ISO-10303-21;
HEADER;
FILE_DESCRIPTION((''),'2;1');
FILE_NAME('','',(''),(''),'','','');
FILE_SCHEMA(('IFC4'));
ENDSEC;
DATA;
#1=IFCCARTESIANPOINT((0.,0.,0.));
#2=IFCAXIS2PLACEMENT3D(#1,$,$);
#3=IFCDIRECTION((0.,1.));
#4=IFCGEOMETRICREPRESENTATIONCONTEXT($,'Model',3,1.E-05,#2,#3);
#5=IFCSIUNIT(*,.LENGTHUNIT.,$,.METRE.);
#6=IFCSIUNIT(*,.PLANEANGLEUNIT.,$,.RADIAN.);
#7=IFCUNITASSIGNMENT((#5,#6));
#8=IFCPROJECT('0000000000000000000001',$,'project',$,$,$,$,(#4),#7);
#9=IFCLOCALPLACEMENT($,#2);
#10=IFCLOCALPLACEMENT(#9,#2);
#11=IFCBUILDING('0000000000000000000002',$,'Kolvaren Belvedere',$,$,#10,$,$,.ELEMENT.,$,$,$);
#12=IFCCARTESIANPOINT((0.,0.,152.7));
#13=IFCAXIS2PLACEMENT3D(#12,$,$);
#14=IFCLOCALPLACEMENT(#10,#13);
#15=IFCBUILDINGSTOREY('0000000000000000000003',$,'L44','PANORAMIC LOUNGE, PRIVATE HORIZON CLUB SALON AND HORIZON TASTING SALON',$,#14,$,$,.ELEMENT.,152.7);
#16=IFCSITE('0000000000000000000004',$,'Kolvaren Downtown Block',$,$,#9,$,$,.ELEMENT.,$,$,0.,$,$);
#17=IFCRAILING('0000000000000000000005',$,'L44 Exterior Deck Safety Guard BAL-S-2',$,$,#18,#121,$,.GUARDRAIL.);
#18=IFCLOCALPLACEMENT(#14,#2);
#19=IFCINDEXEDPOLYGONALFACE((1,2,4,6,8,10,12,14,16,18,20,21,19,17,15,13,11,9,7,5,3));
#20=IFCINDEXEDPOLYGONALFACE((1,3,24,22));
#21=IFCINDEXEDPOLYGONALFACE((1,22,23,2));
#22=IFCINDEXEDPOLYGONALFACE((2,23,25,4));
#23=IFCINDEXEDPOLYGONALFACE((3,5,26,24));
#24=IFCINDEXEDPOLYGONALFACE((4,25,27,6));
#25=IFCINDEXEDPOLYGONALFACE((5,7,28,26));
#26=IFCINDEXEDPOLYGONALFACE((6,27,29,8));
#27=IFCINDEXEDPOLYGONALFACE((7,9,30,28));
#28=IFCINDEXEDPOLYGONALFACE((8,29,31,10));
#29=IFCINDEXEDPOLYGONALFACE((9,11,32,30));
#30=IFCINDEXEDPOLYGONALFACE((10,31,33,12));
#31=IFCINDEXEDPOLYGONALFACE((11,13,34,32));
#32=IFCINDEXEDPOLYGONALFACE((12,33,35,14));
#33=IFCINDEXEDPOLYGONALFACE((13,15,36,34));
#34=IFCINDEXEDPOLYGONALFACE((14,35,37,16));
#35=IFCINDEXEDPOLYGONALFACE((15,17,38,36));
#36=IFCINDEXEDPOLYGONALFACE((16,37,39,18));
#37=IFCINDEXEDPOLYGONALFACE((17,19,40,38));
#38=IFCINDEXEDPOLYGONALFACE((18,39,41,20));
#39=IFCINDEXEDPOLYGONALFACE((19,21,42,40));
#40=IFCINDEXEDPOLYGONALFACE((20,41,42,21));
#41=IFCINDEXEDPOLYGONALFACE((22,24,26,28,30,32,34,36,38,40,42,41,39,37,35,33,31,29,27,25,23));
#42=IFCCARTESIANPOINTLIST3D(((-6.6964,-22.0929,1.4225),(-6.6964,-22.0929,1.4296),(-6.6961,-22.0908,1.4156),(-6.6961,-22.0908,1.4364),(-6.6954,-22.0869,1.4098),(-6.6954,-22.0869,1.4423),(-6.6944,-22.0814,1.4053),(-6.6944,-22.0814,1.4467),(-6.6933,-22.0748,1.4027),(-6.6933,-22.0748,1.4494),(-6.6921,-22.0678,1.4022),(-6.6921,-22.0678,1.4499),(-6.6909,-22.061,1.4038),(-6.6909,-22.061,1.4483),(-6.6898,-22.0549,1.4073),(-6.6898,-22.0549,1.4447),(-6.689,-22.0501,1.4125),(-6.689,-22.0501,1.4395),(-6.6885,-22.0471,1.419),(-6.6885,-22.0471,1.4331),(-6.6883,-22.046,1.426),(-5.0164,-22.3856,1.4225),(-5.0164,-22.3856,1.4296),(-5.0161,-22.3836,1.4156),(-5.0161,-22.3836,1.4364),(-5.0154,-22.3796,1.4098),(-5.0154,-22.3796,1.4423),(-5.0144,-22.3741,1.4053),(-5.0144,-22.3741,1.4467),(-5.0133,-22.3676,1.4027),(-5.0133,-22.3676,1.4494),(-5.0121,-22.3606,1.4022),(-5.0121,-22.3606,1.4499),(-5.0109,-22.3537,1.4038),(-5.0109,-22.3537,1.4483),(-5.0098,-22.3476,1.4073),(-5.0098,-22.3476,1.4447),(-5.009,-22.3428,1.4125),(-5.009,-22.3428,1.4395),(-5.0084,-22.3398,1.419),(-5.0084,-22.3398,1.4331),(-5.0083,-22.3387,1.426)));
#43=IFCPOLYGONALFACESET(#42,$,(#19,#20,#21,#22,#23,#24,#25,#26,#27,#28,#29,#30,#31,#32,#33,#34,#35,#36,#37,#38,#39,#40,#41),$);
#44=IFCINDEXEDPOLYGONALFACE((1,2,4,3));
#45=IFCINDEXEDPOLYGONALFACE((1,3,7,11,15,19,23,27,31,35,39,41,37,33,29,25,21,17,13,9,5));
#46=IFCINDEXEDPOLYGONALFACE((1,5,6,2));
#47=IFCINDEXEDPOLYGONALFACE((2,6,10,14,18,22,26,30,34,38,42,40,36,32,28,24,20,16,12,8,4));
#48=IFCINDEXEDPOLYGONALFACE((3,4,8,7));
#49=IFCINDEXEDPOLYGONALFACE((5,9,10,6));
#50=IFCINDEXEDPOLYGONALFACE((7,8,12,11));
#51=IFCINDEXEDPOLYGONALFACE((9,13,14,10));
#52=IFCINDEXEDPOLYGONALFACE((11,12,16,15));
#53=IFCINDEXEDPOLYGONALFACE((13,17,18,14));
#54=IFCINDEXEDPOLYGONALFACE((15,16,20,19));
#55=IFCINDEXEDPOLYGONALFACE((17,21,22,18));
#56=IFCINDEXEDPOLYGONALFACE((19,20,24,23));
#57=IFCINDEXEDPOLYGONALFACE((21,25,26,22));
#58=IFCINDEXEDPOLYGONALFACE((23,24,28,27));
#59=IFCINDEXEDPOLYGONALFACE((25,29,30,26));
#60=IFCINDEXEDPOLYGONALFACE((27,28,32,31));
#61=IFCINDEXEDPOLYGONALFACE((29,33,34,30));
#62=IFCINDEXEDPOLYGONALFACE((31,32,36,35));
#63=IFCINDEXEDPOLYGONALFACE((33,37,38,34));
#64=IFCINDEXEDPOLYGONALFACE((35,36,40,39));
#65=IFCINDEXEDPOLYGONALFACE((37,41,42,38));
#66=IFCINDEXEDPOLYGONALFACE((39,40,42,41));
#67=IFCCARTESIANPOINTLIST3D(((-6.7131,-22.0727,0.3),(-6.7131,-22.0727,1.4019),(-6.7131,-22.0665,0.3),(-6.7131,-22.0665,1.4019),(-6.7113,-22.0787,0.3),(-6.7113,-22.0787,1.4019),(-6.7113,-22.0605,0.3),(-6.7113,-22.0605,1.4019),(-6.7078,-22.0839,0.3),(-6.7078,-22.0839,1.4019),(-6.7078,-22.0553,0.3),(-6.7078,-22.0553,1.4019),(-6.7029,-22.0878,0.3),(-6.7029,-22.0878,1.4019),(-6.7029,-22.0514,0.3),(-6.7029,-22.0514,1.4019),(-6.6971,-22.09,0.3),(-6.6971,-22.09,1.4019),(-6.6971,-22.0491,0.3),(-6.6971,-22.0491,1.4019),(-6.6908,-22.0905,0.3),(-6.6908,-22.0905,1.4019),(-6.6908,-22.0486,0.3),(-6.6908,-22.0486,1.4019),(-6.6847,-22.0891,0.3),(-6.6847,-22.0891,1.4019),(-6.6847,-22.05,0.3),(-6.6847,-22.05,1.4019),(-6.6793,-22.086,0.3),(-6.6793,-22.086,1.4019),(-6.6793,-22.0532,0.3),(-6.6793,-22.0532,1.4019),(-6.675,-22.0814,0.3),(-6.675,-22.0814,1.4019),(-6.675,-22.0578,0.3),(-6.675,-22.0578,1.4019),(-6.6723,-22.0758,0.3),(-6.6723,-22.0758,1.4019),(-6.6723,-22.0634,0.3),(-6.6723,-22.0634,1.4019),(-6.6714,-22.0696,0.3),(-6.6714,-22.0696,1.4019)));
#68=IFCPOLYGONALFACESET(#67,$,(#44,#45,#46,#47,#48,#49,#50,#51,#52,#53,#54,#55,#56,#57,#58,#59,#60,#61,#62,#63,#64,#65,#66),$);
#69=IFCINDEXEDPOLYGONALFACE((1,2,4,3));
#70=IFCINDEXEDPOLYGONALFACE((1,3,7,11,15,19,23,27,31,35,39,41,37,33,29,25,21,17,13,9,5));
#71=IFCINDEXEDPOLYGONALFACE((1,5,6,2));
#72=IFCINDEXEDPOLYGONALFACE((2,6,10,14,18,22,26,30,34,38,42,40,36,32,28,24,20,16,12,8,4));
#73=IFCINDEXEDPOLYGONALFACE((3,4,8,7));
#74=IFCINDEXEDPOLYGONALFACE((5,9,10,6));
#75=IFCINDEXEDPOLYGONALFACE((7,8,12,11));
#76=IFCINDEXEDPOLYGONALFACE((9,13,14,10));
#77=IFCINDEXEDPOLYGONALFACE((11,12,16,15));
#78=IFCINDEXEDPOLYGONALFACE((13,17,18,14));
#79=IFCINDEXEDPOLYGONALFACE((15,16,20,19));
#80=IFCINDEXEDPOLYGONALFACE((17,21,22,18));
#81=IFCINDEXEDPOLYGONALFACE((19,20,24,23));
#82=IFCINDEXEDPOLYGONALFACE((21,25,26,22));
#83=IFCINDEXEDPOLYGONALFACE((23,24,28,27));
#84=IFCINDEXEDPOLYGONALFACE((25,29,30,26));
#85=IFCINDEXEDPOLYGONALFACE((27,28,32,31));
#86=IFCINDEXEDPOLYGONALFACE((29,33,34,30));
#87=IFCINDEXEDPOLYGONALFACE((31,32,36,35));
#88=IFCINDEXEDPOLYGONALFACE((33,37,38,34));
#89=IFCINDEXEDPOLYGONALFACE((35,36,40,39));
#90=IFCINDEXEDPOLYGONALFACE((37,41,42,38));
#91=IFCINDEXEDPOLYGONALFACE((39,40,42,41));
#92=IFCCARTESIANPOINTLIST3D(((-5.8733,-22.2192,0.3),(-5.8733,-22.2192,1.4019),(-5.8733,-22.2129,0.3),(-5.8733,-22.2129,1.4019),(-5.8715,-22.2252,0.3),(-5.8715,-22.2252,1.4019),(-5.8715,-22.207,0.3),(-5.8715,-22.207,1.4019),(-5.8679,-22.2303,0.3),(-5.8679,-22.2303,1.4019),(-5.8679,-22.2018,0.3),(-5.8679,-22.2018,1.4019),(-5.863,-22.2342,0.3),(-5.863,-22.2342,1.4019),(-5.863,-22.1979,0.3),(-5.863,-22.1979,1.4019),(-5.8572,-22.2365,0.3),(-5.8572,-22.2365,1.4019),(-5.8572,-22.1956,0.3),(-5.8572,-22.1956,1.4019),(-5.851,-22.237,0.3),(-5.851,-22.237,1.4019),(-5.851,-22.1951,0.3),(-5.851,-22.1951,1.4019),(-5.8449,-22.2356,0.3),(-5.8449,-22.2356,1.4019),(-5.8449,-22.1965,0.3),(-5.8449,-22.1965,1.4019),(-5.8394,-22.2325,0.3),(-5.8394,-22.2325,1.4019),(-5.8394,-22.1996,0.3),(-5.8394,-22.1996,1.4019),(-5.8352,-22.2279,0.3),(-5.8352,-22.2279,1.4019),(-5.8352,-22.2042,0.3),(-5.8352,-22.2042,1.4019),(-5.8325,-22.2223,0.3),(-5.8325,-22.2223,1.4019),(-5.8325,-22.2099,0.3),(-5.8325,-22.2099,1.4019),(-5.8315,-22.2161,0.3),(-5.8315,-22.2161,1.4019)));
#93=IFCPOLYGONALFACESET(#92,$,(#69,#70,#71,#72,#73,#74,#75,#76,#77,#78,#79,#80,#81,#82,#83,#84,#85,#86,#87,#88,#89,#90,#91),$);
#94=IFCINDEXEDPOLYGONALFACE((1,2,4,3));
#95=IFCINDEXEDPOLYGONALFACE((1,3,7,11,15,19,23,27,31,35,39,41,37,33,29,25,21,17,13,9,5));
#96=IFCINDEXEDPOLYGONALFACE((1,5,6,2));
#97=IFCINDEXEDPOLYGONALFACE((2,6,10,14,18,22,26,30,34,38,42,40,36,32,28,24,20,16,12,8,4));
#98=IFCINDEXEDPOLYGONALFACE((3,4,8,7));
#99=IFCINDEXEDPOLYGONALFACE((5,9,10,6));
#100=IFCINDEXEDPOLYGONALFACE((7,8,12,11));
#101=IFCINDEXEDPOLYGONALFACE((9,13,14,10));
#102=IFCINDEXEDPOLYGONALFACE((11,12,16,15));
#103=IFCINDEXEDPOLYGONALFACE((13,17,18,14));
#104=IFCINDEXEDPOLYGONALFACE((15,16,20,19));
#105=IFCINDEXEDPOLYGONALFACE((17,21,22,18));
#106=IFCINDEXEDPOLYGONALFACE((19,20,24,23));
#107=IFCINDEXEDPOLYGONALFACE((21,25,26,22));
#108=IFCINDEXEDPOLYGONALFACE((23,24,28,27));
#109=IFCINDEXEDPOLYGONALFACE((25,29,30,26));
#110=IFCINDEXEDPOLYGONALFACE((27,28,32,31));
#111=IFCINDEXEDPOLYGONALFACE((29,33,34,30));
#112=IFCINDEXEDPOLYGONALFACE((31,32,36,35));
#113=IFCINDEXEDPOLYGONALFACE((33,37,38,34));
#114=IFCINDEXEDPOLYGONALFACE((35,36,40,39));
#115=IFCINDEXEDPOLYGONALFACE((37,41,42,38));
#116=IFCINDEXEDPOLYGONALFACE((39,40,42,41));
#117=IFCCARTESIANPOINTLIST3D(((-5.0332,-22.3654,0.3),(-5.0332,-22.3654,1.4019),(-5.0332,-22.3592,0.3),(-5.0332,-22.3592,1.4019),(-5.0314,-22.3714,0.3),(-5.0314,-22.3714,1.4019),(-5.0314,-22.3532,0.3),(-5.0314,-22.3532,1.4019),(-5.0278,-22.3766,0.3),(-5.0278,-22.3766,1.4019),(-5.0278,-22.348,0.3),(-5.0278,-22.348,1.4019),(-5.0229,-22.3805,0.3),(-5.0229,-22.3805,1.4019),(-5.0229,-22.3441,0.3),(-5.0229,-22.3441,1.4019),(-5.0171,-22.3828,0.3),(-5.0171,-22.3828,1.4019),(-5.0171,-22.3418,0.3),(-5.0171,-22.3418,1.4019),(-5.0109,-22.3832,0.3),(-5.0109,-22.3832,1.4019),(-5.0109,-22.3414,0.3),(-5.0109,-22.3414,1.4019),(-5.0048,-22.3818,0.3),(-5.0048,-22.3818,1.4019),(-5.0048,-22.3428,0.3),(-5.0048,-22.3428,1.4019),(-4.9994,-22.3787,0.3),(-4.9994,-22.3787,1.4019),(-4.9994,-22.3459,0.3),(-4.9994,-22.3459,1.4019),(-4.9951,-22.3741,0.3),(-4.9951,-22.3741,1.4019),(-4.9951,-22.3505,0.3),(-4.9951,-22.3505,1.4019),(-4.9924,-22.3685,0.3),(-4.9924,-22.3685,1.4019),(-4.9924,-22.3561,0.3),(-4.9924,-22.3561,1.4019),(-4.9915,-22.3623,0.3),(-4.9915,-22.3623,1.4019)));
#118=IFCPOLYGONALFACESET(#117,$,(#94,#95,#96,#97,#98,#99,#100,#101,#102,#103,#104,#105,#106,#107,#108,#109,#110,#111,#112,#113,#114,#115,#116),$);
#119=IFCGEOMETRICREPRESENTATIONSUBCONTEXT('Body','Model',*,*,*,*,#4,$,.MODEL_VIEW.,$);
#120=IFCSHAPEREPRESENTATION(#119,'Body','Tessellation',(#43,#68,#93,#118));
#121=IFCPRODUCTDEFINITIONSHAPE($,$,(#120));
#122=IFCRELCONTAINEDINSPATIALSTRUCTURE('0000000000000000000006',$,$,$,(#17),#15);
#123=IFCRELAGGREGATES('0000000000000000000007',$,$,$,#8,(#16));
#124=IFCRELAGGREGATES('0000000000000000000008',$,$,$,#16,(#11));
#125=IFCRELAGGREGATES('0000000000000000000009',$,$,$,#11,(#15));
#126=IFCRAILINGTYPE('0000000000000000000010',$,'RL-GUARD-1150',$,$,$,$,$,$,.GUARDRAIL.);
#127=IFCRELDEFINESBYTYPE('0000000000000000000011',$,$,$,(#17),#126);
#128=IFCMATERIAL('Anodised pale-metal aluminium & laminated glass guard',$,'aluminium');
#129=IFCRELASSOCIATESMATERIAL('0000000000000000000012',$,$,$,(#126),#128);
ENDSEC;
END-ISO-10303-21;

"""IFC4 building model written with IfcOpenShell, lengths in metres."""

from ifc_helpers import new_model, si_unit, direction, frame, origin, origin_2d, place, context, subcontext, project, spatial, circle, extrude, material, type_object, element, save


model = new_model("IFC4")

# Units and contexts
model_context = context("Model", 3, precision=1e-05, world=origin(), true_north=direction((0.0, 1.0)))
body_context = subcontext(model_context, "Body", "Model", "MODEL_VIEW")
ifc_project = project(units=[si_unit("LENGTHUNIT", "METRE"), si_unit("PLANEANGLEUNIT", "RADIAN")], contexts=[model_context])

# Site, building, storey
site_placement = place(None, origin())
site = spatial("IfcSite", under=ifc_project, at=site_placement, Name="Kolvaren Downtown Block", CompositionType="ELEMENT", RefElevation=0.0)
building_placement = place(site_placement, origin())
building = spatial("IfcBuilding", under=site, at=building_placement, Name="Kolvaren Belvedere", CompositionType="ELEMENT")
storey_placement = place(building_placement, frame((0.0, 0.0, 152.7)))
storey = spatial("IfcBuildingStorey", under=building, at=storey_placement, Name="L44", Description="PANORAMIC LOUNGE, PRIVATE HORIZON CLUB SALON AND HORIZON TASTING SALON", CompositionType="ELEMENT", Elevation=152.7)

# Railing
ifc_material_1 = material(Name="Anodised pale-metal aluminium & laminated glass guard", Category="aluminium")
railing_type = type_object("IfcRailingType", Name="RL-GUARD-1150", PredefinedType="GUARDRAIL", material=ifc_material_1)
railing_1_placement = place(storey_placement, frame((-6.6924, -22.0696, 0.3)))
element("IfcRailing", 1, at=railing_1_placement, inside=storey, type_object=railing_type, Name="L44 Exterior Deck Safety Guard BAL-S-2", PredefinedType="GUARDRAIL", context=body_context, shape_type="SweptSolid", body=[
    extrude(circle(Radius=0.0239, at=origin_2d()), frame((0.0, 0.0, 1.126), z_axis=(0.985156, -0.171661, 0.0), x_axis=(0.171661, 0.985156, 0.0)), (0.0, 0.0, 1.0), 1.7053),
    extrude(circle(Radius=0.021, at=origin_2d()), origin(), (0.0, 0.0, 1.0), 1.1018),
    extrude(circle(Radius=0.021, at=origin_2d()), frame((0.8398, -0.1465, 0.0)), (0.0, 0.0, 1.0), 1.1018),
    extrude(circle(Radius=0.021, at=origin_2d()), frame((1.6799, -0.2927, 0.0)), (0.0, 0.0, 1.0), 1.1018),
])

save(model, "model.ifc")
